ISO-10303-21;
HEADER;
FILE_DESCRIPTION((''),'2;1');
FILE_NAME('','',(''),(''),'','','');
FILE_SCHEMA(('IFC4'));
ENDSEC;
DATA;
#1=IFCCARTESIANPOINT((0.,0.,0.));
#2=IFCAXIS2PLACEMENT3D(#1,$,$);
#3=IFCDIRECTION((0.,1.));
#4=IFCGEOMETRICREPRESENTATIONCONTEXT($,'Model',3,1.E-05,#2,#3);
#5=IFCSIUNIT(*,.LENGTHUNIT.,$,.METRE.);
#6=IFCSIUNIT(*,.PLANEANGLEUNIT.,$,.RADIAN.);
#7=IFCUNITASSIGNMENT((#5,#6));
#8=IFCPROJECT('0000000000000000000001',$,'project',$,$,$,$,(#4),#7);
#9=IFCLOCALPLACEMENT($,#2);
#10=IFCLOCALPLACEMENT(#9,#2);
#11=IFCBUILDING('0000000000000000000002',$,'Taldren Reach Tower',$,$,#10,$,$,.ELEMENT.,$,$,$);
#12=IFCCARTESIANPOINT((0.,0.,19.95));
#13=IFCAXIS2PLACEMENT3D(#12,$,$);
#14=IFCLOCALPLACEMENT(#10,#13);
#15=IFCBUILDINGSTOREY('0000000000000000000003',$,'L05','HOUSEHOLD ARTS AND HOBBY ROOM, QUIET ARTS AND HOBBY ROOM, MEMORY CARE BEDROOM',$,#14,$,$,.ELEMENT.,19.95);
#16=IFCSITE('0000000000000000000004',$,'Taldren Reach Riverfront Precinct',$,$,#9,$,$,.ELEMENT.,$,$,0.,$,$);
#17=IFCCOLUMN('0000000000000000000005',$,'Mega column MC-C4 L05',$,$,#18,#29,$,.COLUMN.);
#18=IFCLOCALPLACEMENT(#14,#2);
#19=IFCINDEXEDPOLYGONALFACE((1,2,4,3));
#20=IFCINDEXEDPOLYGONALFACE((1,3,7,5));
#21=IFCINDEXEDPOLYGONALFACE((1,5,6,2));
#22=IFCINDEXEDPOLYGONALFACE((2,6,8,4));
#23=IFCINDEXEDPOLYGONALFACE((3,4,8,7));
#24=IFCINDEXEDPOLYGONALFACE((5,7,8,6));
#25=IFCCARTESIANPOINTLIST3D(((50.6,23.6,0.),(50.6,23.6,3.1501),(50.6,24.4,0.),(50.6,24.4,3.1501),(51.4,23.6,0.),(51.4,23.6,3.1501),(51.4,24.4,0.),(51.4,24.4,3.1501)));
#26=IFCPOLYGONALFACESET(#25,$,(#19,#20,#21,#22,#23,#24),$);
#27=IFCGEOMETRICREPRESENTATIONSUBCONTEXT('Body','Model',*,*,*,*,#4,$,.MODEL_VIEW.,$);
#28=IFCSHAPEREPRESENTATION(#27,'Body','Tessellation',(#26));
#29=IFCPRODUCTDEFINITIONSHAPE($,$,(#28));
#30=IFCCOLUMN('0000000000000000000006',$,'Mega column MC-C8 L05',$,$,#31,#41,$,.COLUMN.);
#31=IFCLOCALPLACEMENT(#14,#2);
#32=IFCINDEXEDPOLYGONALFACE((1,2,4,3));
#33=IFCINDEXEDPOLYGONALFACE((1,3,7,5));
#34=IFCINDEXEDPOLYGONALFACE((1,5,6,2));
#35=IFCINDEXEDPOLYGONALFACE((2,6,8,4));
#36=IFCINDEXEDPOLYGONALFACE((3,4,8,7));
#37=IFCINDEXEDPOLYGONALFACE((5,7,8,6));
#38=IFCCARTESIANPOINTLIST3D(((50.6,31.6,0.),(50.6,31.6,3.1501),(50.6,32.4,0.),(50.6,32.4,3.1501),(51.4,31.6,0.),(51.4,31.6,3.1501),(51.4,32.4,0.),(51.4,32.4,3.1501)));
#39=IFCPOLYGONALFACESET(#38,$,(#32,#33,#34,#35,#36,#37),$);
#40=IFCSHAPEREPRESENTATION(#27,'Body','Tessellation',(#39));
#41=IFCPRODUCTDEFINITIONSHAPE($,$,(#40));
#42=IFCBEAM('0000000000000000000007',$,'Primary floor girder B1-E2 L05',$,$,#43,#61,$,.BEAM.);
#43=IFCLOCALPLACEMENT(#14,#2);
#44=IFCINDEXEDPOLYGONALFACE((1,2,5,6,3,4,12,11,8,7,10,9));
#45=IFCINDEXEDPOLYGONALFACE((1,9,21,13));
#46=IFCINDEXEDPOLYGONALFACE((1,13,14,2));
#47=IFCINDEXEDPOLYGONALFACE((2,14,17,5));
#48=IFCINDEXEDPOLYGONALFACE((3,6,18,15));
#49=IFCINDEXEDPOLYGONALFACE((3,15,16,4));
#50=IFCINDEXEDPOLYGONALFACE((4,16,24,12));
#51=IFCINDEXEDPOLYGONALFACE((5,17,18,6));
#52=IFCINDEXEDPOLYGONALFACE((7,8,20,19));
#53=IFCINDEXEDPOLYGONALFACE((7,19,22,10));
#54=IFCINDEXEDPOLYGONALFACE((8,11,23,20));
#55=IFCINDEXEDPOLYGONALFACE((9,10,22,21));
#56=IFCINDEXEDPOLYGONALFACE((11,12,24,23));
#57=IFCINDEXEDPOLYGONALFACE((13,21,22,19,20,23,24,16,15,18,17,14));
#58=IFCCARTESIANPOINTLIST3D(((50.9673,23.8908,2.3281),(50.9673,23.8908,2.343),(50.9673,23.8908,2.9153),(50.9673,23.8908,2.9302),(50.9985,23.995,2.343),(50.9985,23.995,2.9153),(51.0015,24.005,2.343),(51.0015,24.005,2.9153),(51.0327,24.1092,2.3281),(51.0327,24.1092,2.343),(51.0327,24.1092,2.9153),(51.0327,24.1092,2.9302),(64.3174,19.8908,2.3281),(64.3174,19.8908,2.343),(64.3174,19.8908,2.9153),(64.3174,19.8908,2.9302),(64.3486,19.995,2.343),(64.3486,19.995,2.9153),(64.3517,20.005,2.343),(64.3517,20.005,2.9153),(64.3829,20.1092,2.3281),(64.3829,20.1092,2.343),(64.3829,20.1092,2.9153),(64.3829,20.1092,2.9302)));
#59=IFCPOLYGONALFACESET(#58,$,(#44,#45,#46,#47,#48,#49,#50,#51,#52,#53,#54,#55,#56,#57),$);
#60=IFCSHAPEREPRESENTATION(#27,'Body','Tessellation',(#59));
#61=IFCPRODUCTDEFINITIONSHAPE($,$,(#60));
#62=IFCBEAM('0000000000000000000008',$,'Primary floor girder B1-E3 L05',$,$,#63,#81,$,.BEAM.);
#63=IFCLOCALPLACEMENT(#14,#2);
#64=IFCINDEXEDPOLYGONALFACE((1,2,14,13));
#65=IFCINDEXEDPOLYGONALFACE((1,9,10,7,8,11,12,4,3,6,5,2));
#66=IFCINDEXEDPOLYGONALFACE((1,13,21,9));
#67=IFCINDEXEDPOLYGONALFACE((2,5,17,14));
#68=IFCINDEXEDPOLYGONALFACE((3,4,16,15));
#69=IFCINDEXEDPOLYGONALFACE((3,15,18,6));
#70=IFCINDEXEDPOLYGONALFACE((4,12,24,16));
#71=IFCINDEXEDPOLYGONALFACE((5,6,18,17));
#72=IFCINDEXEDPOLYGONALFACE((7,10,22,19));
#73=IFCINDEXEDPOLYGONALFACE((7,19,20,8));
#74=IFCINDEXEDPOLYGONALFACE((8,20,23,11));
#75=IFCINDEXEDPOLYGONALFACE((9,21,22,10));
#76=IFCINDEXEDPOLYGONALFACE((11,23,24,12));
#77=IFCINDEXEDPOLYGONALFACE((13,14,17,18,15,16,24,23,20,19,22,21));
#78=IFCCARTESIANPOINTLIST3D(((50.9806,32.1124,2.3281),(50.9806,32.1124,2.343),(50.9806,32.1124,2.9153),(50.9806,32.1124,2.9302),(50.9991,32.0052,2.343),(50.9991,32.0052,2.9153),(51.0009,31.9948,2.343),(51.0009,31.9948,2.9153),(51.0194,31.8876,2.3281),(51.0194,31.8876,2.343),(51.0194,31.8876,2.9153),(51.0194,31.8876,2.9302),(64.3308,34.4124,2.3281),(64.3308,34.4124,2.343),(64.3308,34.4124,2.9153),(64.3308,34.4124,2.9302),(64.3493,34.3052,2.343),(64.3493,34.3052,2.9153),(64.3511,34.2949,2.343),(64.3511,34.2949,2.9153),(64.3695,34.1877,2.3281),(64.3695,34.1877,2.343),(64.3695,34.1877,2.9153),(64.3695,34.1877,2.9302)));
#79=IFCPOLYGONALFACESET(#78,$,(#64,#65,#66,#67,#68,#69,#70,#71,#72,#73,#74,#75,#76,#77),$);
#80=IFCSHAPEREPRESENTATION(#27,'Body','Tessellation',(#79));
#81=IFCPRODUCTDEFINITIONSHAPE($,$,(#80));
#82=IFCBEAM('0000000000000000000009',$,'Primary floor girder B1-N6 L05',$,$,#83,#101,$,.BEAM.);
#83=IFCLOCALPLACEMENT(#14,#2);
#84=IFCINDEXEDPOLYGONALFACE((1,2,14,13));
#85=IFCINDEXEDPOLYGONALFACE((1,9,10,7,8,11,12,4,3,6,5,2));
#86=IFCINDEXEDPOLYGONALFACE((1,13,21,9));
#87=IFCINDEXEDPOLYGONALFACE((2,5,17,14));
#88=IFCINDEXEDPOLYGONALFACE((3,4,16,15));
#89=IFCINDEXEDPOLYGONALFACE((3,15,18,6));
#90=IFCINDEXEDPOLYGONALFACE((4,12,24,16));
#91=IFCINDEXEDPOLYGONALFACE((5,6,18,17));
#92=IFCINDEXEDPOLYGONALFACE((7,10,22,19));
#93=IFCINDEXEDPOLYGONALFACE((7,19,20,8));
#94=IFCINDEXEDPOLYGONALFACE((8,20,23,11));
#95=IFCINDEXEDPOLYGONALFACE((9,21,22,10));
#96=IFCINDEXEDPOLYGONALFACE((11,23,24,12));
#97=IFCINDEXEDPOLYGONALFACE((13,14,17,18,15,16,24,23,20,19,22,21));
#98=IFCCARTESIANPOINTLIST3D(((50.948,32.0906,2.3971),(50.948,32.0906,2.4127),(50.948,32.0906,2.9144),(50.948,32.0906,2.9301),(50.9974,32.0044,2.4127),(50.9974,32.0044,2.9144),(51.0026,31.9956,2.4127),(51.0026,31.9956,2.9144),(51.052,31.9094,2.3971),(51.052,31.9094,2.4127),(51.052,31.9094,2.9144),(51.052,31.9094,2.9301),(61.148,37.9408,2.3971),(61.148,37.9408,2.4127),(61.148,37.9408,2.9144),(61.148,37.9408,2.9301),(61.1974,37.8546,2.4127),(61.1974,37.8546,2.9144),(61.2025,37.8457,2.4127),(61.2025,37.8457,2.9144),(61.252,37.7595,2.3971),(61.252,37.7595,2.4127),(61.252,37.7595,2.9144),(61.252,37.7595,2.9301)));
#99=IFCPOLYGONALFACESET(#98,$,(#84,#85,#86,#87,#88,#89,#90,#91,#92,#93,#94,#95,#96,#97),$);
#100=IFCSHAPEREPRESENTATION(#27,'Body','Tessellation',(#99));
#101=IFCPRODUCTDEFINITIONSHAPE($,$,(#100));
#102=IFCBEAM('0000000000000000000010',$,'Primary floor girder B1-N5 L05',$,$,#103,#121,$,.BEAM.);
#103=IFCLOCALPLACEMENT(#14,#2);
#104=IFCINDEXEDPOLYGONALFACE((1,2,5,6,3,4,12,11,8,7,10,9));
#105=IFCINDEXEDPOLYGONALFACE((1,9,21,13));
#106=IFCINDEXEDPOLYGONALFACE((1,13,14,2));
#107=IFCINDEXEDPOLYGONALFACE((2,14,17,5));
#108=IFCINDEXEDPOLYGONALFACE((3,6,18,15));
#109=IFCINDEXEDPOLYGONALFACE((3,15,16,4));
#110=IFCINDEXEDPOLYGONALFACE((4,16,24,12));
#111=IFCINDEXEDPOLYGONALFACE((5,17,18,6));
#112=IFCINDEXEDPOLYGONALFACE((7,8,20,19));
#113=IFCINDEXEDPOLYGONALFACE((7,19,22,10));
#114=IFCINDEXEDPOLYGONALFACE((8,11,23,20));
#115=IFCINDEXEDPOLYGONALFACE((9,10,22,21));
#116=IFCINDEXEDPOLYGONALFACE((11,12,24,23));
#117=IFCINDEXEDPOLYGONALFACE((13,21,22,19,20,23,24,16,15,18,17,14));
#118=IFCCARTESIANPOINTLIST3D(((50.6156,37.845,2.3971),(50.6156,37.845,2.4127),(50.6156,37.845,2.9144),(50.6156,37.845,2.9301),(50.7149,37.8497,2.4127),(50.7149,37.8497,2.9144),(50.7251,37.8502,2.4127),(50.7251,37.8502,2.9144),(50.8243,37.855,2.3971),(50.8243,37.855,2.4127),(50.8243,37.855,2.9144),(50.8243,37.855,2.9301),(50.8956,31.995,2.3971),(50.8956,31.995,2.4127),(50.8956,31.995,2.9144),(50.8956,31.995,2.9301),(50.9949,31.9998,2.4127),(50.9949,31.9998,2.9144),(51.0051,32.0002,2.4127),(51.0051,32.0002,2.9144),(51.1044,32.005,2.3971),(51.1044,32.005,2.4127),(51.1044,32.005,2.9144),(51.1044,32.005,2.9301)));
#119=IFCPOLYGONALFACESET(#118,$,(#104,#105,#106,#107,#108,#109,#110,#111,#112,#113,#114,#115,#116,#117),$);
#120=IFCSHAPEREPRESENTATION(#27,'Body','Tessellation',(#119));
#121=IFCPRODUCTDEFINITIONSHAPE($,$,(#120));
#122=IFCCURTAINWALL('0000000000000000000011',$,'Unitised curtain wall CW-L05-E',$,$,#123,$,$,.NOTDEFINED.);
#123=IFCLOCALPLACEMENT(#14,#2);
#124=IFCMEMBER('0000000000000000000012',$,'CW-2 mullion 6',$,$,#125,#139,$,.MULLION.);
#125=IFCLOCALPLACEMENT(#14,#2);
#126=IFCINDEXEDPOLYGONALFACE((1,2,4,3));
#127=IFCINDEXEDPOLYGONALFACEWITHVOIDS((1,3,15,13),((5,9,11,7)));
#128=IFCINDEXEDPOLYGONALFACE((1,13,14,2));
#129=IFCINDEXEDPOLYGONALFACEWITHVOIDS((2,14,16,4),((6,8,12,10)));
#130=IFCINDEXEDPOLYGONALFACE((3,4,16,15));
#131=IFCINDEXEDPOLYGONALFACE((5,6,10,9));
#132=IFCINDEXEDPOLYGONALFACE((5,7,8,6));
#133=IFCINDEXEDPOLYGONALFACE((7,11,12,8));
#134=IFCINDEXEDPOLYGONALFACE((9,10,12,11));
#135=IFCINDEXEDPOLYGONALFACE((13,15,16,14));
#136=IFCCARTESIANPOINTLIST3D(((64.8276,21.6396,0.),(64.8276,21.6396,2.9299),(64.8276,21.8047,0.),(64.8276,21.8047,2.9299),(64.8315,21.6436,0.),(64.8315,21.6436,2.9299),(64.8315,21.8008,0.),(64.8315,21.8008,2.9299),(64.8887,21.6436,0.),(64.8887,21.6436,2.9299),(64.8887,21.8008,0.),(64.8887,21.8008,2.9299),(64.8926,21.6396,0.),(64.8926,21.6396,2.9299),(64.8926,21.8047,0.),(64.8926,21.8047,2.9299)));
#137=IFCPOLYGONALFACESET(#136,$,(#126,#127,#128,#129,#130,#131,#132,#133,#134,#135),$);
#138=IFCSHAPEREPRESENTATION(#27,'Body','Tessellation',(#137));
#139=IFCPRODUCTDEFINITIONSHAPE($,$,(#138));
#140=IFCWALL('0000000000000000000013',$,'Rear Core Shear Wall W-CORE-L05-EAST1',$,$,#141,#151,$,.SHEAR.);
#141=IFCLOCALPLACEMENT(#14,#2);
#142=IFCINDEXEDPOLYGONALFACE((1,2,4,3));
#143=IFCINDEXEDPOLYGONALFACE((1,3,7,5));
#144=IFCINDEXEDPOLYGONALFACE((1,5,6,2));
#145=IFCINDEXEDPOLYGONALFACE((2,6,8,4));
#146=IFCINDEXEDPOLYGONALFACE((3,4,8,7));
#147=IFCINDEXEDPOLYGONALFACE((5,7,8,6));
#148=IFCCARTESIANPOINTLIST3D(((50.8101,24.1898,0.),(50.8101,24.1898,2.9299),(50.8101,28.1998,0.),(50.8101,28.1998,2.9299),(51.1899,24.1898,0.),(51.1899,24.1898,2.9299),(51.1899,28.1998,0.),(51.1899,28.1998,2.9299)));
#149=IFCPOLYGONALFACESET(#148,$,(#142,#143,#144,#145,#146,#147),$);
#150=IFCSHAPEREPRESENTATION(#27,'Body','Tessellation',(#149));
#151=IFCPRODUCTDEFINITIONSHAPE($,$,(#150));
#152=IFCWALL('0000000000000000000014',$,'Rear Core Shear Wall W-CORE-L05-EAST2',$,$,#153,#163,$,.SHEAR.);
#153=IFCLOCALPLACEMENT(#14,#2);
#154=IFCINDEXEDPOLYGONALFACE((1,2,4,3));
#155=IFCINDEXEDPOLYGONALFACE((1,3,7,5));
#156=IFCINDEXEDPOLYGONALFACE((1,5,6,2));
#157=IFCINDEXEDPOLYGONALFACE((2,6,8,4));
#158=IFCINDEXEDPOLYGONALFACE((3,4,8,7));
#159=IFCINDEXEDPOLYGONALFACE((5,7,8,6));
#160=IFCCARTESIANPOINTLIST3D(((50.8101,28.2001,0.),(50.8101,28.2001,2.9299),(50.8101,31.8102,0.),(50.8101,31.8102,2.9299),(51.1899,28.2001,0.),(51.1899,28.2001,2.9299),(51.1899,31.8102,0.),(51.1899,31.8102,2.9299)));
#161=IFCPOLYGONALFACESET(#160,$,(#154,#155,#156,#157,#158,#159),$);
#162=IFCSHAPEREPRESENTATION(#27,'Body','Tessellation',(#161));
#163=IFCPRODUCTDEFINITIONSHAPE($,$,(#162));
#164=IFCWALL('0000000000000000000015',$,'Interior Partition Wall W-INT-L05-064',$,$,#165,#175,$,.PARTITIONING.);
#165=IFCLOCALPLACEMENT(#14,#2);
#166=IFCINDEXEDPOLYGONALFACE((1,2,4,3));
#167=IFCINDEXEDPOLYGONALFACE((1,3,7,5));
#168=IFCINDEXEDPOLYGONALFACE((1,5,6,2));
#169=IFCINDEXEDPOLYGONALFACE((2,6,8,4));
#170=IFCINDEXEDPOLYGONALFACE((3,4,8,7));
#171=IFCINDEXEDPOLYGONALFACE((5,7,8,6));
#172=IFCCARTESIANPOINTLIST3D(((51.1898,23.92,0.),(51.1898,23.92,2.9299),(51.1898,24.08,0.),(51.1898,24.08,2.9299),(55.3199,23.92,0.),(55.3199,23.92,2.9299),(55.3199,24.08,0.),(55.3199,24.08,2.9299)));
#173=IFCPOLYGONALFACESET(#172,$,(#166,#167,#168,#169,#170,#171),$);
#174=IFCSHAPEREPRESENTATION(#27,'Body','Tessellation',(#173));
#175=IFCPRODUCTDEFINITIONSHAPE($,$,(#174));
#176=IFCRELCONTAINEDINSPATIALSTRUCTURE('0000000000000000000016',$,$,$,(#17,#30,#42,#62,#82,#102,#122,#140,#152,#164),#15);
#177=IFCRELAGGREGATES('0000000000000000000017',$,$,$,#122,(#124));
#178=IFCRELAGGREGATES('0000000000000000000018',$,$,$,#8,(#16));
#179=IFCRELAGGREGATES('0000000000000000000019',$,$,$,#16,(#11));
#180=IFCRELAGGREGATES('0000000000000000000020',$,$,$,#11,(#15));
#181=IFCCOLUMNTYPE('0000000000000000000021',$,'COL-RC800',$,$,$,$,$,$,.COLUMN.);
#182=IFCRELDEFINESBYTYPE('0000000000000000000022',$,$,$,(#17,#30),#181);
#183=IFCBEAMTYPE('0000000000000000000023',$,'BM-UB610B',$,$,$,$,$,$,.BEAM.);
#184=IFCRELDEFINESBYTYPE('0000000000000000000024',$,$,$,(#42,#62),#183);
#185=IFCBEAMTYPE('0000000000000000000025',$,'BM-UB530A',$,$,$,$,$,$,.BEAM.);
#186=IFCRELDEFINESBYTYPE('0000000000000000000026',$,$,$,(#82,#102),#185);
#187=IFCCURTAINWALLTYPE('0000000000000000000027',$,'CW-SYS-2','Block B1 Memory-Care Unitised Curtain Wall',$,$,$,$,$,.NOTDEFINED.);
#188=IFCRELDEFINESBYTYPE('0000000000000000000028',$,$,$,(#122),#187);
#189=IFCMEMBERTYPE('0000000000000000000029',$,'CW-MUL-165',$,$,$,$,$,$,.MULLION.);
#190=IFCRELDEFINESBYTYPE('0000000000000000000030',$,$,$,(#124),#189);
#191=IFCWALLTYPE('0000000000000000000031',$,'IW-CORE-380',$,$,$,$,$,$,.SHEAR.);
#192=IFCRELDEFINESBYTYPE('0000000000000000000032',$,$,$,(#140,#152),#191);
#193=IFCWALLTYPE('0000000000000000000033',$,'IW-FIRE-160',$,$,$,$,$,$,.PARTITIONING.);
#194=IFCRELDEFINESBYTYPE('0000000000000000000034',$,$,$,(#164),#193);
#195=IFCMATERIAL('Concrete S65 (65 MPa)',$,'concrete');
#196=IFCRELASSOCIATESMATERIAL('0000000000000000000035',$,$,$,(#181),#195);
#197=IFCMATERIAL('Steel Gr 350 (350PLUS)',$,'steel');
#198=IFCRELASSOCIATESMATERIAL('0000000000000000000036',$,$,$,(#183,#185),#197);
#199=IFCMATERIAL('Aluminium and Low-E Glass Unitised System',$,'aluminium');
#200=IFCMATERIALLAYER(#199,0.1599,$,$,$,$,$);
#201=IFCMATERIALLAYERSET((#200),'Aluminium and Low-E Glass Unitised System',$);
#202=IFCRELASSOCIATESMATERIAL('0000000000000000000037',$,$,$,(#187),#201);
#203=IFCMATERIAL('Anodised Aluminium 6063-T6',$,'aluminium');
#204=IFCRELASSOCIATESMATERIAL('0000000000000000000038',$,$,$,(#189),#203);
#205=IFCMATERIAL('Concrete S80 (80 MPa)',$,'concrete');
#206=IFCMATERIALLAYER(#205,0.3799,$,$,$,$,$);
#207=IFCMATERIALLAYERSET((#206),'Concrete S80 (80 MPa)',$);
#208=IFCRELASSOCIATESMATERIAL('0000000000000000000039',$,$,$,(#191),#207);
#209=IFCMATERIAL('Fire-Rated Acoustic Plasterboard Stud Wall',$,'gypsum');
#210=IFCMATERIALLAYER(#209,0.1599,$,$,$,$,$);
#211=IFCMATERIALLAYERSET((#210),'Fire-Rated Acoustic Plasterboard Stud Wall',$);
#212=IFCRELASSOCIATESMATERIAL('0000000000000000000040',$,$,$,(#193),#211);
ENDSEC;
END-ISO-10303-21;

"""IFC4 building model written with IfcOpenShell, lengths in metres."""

from ifc_helpers import new_model, si_unit, direction, frame, frame_2d, origin, origin_2d, place, context, subcontext, project, spatial, rectangle, hollow_rectangle, i_section, extrude, source, transform, mapped, material, layer, layer_set, material_profile, profile_set, type_object, element, aggregate, save


model = new_model("IFC4")

# Units and contexts
model_context = context("Model", 3, precision=1e-05, world=origin(), true_north=direction((0.0, 1.0)))
body_context = subcontext(model_context, "Body", "Model", "MODEL_VIEW")
ifc_project = project(units=[si_unit("LENGTHUNIT", "METRE"), si_unit("PLANEANGLEUNIT", "RADIAN")], contexts=[model_context])

# Site, building, storey
site_placement = place(None, origin())
site = spatial("IfcSite", under=ifc_project, at=site_placement, Name="Taldren Reach Riverfront Precinct", CompositionType="ELEMENT", RefElevation=0.0)
building_placement = place(site_placement, origin())
building = spatial("IfcBuilding", under=site, at=building_placement, Name="Taldren Reach Tower", CompositionType="ELEMENT")
storey_placement = place(building_placement, frame((0.0, 0.0, 19.95)))
storey = spatial("IfcBuildingStorey", under=building, at=storey_placement, Name="L05", Description="HOUSEHOLD ARTS AND HOBBY ROOM, QUIET ARTS AND HOBBY ROOM, MEMORY CARE BEDROOM", CompositionType="ELEMENT", Elevation=19.95)

# Columns
ifc_material_1 = material(Name="Concrete S65 (65 MPa)", Category="concrete")
ifc_material_profile_1 = material_profile(ifc_material_1, rectangle(XDim=0.8, YDim=0.8, at=origin_2d()), Name="RC-800x800")
ifc_profile_set_1 = profile_set([ifc_material_profile_1], Name="Concrete S65 (65 MPa)")
column_type = type_object("IfcColumnType", Name="COL-RC800", PredefinedType="COLUMN", material=ifc_profile_set_1)
shared_shape_1 = source(origin(), body_context, "Body", "SweptSolid", [
    extrude(rectangle(XDim=0.8, YDim=0.8, at=origin_2d()), origin(), (0.0, 0.0, 1.0), 3.1501),
])
for number, where, z_axis, x_axis, name in (
    (1, (51.0, 24.0, 0.0), (0.0, 0.0, 1.0), (1.0, 0.0, 0.0), "Mega column MC-C4 L05"),
    (2, (51.0, 32.0, 0.0), (0.0, 0.0, 1.0), (1.0, 0.0, 0.0), "Mega column MC-C8 L05"),
):
    element("IfcColumn", number, at=place(storey_placement, frame(where, z_axis=z_axis, x_axis=x_axis)), inside=storey, type_object=column_type, Name=name, PredefinedType="COLUMN", context=body_context, shape_type="MappedRepresentation", body=[
        mapped(shared_shape_1, transform((0.0, 0.0, 0.0), scale=1.0)),
    ])

# Beams
ifc_material_2 = material(Name="Steel Gr 350 (350PLUS)", Category="steel")
ifc_material_profile_2 = material_profile(ifc_material_2, i_section(OverallWidth=0.228, OverallDepth=0.6021, WebThickness=0.0105, FlangeThickness=0.0149, at=origin_2d()), Name="610UB101")
ifc_profile_set_2 = profile_set([ifc_material_profile_2], Name="Steel Gr 350 (350PLUS)")
beam_type_1 = type_object("IfcBeamType", Name="BM-UB610B", PredefinedType="BEAM", material=ifc_profile_set_2)
shared_shape_2 = source(origin(), body_context, "Body", "SweptSolid", [
    extrude(i_section(OverallWidth=0.228, OverallDepth=0.6021, WebThickness=0.0105, FlangeThickness=0.0149, at=origin_2d()), origin(), (0.0, 0.0, 1.0), 13.9365),
])
beam_1_placement = place(storey_placement, frame((51.0, 24.0, 2.6292), z_axis=(0.957926, -0.287017, 0.0), x_axis=(0.287017, 0.957926, 0.0)))
element("IfcBeam", 3, at=beam_1_placement, inside=storey, type_object=beam_type_1, Name="Primary floor girder B1-E2 L05", PredefinedType="BEAM", context=body_context, shape_type="MappedRepresentation", body=[
    mapped(shared_shape_2, transform((0.0, 0.0, 0.0), scale=1.0)),
])
shared_shape_3 = source(origin(), body_context, "Body", "SweptSolid", [
    extrude(i_section(OverallWidth=0.228, OverallDepth=0.6021, WebThickness=0.0105, FlangeThickness=0.0149, at=origin_2d()), origin(), (0.0, 0.0, 1.0), 13.5469),
])
beam_2_placement = place(storey_placement, frame((51.0, 32.0, 2.6292), z_axis=(0.985481, 0.169786, 0.0), x_axis=(-0.169786, 0.985481, 0.0)))
element("IfcBeam", 4, at=beam_2_placement, inside=storey, type_object=beam_type_1, Name="Primary floor girder B1-E3 L05", PredefinedType="BEAM", context=body_context, shape_type="MappedRepresentation", body=[
    mapped(shared_shape_3, transform((0.0, 0.0, 0.0), scale=1.0)),
])
ifc_material_profile_3 = material_profile(ifc_material_2, i_section(OverallWidth=0.209, OverallDepth=0.533, WebThickness=0.0103, FlangeThickness=0.0156, at=origin_2d()), Name="530UB92.4")
ifc_profile_set_3 = profile_set([ifc_material_profile_3], Name="Steel Gr 350 (350PLUS)")
beam_type_2 = type_object("IfcBeamType", Name="BM-UB530A", PredefinedType="BEAM", material=ifc_profile_set_3)
shared_shape_4 = source(origin(), body_context, "Body", "SweptSolid", [
    extrude(i_section(OverallWidth=0.209, OverallDepth=0.533, WebThickness=0.0103, FlangeThickness=0.0156, at=origin_2d()), origin(), (0.0, 0.0, 1.0), 11.7585),
])
beam_3_placement = place(storey_placement, frame((51.0, 32.0, 2.6636), z_axis=(0.867452, 0.49752, 0.0), x_axis=(-0.49752, 0.867452, 0.0)))
element("IfcBeam", 5, at=beam_3_placement, inside=storey, type_object=beam_type_2, Name="Primary floor girder B1-N6 L05", PredefinedType="BEAM", context=body_context, shape_type="MappedRepresentation", body=[
    mapped(shared_shape_4, transform((0.0, 0.0, 0.0), scale=1.0)),
])
shared_shape_5 = source(origin(), body_context, "Body", "SweptSolid", [
    extrude(i_section(OverallWidth=0.209, OverallDepth=0.533, WebThickness=0.0103, FlangeThickness=0.0156, at=origin_2d()), origin(), (0.0, 0.0, 1.0), 5.8567),
])
beam_4_placement = place(storey_placement, frame((51.0, 32.0, 2.6636), z_axis=(-0.047813, 0.998856, 0.0), x_axis=(-0.998856, -0.047813, 0.0)))
element("IfcBeam", 6, at=beam_4_placement, inside=storey, type_object=beam_type_2, Name="Primary floor girder B1-N5 L05", PredefinedType="BEAM", context=body_context, shape_type="MappedRepresentation", body=[
    mapped(shared_shape_5, transform((0.0, 0.0, 0.0), scale=1.0)),
])

# Curtain wall, member
ifc_material_3 = material(Name="Aluminium and Low-E Glass Unitised System", Category="aluminium")
ifc_layer_1 = layer(ifc_material_3, 0.1599)
ifc_layer_set_1 = layer_set([ifc_layer_1], Name="Aluminium and Low-E Glass Unitised System")
curtain_wall_type = type_object("IfcCurtainWallType", Name="CW-SYS-2", Description="Block B1 Memory-Care Unitised Curtain Wall", PredefinedType="NOTDEFINED", material=ifc_layer_set_1)
curtain_wall_placement = place(storey_placement, origin())
curtain_wall = element("IfcCurtainWall", 7, at=curtain_wall_placement, inside=storey, type_object=curtain_wall_type, Name="Unitised curtain wall CW-L05-E", PredefinedType="NOTDEFINED")
ifc_material_4 = material(Name="Anodised Aluminium 6063-T6", Category="aluminium")
ifc_material_profile_4 = material_profile(ifc_material_4, hollow_rectangle(XDim=0.0649, YDim=0.165, WallThickness=0.0039, at=origin_2d()), Name="ALU-165x65x4RHS")
ifc_profile_set_4 = profile_set([ifc_material_profile_4], Name="Anodised Aluminium 6063-T6")
member_type = type_object("IfcMemberType", Name="CW-MUL-165", PredefinedType="MULLION", material=ifc_profile_set_4)
shared_shape_6 = source(origin(), body_context, "Body", "SweptSolid", [
    extrude(hollow_rectangle(XDim=0.0649, YDim=0.165, WallThickness=0.0039, at=origin_2d()), origin(), (0.0, 0.0, 1.0), 2.9299),
])
member_placement = place(storey_placement, frame((64.8601, 21.7222, 0.0), z_axis=(0.0, 0.0, 1.0), x_axis=(-1.0, 0.0, 0.0)))
member = element("IfcMember", 8, at=member_placement, type_object=member_type, Name="CW-2 mullion 6", PredefinedType="MULLION", context=body_context, shape_type="MappedRepresentation", body=[
    mapped(shared_shape_6, transform((0.0, 0.0, 0.0), scale=1.0)),
])
aggregate(curtain_wall, [member])

# Walls
ifc_material_5 = material(Name="Concrete S80 (80 MPa)", Category="concrete")
ifc_layer_2 = layer(ifc_material_5, 0.3799)
ifc_layer_set_2 = layer_set([ifc_layer_2], Name="Concrete S80 (80 MPa)")
wall_type_1 = type_object("IfcWallType", Name="IW-CORE-380", PredefinedType="SHEAR", material=ifc_layer_set_2)
shared_shape_7 = source(origin(), body_context, "Body", "SweptSolid", [
    extrude(rectangle(XDim=4.01, YDim=0.3799, at=frame_2d((2.0049, 0.0))), origin(), (0.0, 0.0, 1.0), 2.9299),
])
wall_1_placement = place(storey_placement, frame((51.0, 24.1899, 0.0), z_axis=(0.0, 0.0, 1.0), x_axis=(0.0, 1.0, 0.0)))
element("IfcWall", 9, at=wall_1_placement, inside=storey, type_object=wall_type_1, Name="Rear Core Shear Wall W-CORE-L05-EAST1", PredefinedType="SHEAR", context=body_context, shape_type="MappedRepresentation", body=[
    mapped(shared_shape_7, transform((0.0, 0.0, 0.0), scale=1.0)),
])
shared_shape_8 = source(origin(), body_context, "Body", "SweptSolid", [
    extrude(rectangle(XDim=3.6101, YDim=0.3799, at=frame_2d((1.8052, 0.0))), origin(), (0.0, 0.0, 1.0), 2.9299),
])
wall_2_placement = place(storey_placement, frame((51.0, 28.2, 0.0), z_axis=(0.0, 0.0, 1.0), x_axis=(0.0, 1.0, 0.0)))
element("IfcWall", 10, at=wall_2_placement, inside=storey, type_object=wall_type_1, Name="Rear Core Shear Wall W-CORE-L05-EAST2", PredefinedType="SHEAR", context=body_context, shape_type="MappedRepresentation", body=[
    mapped(shared_shape_8, transform((0.0, 0.0, 0.0), scale=1.0)),
])
ifc_material_6 = material(Name="Fire-Rated Acoustic Plasterboard Stud Wall", Category="gypsum")
ifc_layer_3 = layer(ifc_material_6, 0.1599)
ifc_layer_set_3 = layer_set([ifc_layer_3], Name="Fire-Rated Acoustic Plasterboard Stud Wall")
wall_type_2 = type_object("IfcWallType", Name="IW-FIRE-160", PredefinedType="PARTITIONING", material=ifc_layer_set_3)
shared_shape_9 = source(origin(), body_context, "Body", "SweptSolid", [
    extrude(rectangle(XDim=4.1301, YDim=0.1599, at=frame_2d((2.0649, 0.0))), origin(), (0.0, 0.0, 1.0), 2.9299),
])
wall_3_placement = place(storey_placement, frame((51.1899, 24.0, 0.0), z_axis=(0.0, 0.0, 1.0), x_axis=(1.0, 0.0, 0.0)))
element("IfcWall", 11, at=wall_3_placement, inside=storey, type_object=wall_type_2, Name="Interior Partition Wall W-INT-L05-064", PredefinedType="PARTITIONING", context=body_context, shape_type="MappedRepresentation", body=[
    mapped(shared_shape_9, transform((0.0, 0.0, 0.0), scale=1.0)),
])

save(model, "model.ifc")
